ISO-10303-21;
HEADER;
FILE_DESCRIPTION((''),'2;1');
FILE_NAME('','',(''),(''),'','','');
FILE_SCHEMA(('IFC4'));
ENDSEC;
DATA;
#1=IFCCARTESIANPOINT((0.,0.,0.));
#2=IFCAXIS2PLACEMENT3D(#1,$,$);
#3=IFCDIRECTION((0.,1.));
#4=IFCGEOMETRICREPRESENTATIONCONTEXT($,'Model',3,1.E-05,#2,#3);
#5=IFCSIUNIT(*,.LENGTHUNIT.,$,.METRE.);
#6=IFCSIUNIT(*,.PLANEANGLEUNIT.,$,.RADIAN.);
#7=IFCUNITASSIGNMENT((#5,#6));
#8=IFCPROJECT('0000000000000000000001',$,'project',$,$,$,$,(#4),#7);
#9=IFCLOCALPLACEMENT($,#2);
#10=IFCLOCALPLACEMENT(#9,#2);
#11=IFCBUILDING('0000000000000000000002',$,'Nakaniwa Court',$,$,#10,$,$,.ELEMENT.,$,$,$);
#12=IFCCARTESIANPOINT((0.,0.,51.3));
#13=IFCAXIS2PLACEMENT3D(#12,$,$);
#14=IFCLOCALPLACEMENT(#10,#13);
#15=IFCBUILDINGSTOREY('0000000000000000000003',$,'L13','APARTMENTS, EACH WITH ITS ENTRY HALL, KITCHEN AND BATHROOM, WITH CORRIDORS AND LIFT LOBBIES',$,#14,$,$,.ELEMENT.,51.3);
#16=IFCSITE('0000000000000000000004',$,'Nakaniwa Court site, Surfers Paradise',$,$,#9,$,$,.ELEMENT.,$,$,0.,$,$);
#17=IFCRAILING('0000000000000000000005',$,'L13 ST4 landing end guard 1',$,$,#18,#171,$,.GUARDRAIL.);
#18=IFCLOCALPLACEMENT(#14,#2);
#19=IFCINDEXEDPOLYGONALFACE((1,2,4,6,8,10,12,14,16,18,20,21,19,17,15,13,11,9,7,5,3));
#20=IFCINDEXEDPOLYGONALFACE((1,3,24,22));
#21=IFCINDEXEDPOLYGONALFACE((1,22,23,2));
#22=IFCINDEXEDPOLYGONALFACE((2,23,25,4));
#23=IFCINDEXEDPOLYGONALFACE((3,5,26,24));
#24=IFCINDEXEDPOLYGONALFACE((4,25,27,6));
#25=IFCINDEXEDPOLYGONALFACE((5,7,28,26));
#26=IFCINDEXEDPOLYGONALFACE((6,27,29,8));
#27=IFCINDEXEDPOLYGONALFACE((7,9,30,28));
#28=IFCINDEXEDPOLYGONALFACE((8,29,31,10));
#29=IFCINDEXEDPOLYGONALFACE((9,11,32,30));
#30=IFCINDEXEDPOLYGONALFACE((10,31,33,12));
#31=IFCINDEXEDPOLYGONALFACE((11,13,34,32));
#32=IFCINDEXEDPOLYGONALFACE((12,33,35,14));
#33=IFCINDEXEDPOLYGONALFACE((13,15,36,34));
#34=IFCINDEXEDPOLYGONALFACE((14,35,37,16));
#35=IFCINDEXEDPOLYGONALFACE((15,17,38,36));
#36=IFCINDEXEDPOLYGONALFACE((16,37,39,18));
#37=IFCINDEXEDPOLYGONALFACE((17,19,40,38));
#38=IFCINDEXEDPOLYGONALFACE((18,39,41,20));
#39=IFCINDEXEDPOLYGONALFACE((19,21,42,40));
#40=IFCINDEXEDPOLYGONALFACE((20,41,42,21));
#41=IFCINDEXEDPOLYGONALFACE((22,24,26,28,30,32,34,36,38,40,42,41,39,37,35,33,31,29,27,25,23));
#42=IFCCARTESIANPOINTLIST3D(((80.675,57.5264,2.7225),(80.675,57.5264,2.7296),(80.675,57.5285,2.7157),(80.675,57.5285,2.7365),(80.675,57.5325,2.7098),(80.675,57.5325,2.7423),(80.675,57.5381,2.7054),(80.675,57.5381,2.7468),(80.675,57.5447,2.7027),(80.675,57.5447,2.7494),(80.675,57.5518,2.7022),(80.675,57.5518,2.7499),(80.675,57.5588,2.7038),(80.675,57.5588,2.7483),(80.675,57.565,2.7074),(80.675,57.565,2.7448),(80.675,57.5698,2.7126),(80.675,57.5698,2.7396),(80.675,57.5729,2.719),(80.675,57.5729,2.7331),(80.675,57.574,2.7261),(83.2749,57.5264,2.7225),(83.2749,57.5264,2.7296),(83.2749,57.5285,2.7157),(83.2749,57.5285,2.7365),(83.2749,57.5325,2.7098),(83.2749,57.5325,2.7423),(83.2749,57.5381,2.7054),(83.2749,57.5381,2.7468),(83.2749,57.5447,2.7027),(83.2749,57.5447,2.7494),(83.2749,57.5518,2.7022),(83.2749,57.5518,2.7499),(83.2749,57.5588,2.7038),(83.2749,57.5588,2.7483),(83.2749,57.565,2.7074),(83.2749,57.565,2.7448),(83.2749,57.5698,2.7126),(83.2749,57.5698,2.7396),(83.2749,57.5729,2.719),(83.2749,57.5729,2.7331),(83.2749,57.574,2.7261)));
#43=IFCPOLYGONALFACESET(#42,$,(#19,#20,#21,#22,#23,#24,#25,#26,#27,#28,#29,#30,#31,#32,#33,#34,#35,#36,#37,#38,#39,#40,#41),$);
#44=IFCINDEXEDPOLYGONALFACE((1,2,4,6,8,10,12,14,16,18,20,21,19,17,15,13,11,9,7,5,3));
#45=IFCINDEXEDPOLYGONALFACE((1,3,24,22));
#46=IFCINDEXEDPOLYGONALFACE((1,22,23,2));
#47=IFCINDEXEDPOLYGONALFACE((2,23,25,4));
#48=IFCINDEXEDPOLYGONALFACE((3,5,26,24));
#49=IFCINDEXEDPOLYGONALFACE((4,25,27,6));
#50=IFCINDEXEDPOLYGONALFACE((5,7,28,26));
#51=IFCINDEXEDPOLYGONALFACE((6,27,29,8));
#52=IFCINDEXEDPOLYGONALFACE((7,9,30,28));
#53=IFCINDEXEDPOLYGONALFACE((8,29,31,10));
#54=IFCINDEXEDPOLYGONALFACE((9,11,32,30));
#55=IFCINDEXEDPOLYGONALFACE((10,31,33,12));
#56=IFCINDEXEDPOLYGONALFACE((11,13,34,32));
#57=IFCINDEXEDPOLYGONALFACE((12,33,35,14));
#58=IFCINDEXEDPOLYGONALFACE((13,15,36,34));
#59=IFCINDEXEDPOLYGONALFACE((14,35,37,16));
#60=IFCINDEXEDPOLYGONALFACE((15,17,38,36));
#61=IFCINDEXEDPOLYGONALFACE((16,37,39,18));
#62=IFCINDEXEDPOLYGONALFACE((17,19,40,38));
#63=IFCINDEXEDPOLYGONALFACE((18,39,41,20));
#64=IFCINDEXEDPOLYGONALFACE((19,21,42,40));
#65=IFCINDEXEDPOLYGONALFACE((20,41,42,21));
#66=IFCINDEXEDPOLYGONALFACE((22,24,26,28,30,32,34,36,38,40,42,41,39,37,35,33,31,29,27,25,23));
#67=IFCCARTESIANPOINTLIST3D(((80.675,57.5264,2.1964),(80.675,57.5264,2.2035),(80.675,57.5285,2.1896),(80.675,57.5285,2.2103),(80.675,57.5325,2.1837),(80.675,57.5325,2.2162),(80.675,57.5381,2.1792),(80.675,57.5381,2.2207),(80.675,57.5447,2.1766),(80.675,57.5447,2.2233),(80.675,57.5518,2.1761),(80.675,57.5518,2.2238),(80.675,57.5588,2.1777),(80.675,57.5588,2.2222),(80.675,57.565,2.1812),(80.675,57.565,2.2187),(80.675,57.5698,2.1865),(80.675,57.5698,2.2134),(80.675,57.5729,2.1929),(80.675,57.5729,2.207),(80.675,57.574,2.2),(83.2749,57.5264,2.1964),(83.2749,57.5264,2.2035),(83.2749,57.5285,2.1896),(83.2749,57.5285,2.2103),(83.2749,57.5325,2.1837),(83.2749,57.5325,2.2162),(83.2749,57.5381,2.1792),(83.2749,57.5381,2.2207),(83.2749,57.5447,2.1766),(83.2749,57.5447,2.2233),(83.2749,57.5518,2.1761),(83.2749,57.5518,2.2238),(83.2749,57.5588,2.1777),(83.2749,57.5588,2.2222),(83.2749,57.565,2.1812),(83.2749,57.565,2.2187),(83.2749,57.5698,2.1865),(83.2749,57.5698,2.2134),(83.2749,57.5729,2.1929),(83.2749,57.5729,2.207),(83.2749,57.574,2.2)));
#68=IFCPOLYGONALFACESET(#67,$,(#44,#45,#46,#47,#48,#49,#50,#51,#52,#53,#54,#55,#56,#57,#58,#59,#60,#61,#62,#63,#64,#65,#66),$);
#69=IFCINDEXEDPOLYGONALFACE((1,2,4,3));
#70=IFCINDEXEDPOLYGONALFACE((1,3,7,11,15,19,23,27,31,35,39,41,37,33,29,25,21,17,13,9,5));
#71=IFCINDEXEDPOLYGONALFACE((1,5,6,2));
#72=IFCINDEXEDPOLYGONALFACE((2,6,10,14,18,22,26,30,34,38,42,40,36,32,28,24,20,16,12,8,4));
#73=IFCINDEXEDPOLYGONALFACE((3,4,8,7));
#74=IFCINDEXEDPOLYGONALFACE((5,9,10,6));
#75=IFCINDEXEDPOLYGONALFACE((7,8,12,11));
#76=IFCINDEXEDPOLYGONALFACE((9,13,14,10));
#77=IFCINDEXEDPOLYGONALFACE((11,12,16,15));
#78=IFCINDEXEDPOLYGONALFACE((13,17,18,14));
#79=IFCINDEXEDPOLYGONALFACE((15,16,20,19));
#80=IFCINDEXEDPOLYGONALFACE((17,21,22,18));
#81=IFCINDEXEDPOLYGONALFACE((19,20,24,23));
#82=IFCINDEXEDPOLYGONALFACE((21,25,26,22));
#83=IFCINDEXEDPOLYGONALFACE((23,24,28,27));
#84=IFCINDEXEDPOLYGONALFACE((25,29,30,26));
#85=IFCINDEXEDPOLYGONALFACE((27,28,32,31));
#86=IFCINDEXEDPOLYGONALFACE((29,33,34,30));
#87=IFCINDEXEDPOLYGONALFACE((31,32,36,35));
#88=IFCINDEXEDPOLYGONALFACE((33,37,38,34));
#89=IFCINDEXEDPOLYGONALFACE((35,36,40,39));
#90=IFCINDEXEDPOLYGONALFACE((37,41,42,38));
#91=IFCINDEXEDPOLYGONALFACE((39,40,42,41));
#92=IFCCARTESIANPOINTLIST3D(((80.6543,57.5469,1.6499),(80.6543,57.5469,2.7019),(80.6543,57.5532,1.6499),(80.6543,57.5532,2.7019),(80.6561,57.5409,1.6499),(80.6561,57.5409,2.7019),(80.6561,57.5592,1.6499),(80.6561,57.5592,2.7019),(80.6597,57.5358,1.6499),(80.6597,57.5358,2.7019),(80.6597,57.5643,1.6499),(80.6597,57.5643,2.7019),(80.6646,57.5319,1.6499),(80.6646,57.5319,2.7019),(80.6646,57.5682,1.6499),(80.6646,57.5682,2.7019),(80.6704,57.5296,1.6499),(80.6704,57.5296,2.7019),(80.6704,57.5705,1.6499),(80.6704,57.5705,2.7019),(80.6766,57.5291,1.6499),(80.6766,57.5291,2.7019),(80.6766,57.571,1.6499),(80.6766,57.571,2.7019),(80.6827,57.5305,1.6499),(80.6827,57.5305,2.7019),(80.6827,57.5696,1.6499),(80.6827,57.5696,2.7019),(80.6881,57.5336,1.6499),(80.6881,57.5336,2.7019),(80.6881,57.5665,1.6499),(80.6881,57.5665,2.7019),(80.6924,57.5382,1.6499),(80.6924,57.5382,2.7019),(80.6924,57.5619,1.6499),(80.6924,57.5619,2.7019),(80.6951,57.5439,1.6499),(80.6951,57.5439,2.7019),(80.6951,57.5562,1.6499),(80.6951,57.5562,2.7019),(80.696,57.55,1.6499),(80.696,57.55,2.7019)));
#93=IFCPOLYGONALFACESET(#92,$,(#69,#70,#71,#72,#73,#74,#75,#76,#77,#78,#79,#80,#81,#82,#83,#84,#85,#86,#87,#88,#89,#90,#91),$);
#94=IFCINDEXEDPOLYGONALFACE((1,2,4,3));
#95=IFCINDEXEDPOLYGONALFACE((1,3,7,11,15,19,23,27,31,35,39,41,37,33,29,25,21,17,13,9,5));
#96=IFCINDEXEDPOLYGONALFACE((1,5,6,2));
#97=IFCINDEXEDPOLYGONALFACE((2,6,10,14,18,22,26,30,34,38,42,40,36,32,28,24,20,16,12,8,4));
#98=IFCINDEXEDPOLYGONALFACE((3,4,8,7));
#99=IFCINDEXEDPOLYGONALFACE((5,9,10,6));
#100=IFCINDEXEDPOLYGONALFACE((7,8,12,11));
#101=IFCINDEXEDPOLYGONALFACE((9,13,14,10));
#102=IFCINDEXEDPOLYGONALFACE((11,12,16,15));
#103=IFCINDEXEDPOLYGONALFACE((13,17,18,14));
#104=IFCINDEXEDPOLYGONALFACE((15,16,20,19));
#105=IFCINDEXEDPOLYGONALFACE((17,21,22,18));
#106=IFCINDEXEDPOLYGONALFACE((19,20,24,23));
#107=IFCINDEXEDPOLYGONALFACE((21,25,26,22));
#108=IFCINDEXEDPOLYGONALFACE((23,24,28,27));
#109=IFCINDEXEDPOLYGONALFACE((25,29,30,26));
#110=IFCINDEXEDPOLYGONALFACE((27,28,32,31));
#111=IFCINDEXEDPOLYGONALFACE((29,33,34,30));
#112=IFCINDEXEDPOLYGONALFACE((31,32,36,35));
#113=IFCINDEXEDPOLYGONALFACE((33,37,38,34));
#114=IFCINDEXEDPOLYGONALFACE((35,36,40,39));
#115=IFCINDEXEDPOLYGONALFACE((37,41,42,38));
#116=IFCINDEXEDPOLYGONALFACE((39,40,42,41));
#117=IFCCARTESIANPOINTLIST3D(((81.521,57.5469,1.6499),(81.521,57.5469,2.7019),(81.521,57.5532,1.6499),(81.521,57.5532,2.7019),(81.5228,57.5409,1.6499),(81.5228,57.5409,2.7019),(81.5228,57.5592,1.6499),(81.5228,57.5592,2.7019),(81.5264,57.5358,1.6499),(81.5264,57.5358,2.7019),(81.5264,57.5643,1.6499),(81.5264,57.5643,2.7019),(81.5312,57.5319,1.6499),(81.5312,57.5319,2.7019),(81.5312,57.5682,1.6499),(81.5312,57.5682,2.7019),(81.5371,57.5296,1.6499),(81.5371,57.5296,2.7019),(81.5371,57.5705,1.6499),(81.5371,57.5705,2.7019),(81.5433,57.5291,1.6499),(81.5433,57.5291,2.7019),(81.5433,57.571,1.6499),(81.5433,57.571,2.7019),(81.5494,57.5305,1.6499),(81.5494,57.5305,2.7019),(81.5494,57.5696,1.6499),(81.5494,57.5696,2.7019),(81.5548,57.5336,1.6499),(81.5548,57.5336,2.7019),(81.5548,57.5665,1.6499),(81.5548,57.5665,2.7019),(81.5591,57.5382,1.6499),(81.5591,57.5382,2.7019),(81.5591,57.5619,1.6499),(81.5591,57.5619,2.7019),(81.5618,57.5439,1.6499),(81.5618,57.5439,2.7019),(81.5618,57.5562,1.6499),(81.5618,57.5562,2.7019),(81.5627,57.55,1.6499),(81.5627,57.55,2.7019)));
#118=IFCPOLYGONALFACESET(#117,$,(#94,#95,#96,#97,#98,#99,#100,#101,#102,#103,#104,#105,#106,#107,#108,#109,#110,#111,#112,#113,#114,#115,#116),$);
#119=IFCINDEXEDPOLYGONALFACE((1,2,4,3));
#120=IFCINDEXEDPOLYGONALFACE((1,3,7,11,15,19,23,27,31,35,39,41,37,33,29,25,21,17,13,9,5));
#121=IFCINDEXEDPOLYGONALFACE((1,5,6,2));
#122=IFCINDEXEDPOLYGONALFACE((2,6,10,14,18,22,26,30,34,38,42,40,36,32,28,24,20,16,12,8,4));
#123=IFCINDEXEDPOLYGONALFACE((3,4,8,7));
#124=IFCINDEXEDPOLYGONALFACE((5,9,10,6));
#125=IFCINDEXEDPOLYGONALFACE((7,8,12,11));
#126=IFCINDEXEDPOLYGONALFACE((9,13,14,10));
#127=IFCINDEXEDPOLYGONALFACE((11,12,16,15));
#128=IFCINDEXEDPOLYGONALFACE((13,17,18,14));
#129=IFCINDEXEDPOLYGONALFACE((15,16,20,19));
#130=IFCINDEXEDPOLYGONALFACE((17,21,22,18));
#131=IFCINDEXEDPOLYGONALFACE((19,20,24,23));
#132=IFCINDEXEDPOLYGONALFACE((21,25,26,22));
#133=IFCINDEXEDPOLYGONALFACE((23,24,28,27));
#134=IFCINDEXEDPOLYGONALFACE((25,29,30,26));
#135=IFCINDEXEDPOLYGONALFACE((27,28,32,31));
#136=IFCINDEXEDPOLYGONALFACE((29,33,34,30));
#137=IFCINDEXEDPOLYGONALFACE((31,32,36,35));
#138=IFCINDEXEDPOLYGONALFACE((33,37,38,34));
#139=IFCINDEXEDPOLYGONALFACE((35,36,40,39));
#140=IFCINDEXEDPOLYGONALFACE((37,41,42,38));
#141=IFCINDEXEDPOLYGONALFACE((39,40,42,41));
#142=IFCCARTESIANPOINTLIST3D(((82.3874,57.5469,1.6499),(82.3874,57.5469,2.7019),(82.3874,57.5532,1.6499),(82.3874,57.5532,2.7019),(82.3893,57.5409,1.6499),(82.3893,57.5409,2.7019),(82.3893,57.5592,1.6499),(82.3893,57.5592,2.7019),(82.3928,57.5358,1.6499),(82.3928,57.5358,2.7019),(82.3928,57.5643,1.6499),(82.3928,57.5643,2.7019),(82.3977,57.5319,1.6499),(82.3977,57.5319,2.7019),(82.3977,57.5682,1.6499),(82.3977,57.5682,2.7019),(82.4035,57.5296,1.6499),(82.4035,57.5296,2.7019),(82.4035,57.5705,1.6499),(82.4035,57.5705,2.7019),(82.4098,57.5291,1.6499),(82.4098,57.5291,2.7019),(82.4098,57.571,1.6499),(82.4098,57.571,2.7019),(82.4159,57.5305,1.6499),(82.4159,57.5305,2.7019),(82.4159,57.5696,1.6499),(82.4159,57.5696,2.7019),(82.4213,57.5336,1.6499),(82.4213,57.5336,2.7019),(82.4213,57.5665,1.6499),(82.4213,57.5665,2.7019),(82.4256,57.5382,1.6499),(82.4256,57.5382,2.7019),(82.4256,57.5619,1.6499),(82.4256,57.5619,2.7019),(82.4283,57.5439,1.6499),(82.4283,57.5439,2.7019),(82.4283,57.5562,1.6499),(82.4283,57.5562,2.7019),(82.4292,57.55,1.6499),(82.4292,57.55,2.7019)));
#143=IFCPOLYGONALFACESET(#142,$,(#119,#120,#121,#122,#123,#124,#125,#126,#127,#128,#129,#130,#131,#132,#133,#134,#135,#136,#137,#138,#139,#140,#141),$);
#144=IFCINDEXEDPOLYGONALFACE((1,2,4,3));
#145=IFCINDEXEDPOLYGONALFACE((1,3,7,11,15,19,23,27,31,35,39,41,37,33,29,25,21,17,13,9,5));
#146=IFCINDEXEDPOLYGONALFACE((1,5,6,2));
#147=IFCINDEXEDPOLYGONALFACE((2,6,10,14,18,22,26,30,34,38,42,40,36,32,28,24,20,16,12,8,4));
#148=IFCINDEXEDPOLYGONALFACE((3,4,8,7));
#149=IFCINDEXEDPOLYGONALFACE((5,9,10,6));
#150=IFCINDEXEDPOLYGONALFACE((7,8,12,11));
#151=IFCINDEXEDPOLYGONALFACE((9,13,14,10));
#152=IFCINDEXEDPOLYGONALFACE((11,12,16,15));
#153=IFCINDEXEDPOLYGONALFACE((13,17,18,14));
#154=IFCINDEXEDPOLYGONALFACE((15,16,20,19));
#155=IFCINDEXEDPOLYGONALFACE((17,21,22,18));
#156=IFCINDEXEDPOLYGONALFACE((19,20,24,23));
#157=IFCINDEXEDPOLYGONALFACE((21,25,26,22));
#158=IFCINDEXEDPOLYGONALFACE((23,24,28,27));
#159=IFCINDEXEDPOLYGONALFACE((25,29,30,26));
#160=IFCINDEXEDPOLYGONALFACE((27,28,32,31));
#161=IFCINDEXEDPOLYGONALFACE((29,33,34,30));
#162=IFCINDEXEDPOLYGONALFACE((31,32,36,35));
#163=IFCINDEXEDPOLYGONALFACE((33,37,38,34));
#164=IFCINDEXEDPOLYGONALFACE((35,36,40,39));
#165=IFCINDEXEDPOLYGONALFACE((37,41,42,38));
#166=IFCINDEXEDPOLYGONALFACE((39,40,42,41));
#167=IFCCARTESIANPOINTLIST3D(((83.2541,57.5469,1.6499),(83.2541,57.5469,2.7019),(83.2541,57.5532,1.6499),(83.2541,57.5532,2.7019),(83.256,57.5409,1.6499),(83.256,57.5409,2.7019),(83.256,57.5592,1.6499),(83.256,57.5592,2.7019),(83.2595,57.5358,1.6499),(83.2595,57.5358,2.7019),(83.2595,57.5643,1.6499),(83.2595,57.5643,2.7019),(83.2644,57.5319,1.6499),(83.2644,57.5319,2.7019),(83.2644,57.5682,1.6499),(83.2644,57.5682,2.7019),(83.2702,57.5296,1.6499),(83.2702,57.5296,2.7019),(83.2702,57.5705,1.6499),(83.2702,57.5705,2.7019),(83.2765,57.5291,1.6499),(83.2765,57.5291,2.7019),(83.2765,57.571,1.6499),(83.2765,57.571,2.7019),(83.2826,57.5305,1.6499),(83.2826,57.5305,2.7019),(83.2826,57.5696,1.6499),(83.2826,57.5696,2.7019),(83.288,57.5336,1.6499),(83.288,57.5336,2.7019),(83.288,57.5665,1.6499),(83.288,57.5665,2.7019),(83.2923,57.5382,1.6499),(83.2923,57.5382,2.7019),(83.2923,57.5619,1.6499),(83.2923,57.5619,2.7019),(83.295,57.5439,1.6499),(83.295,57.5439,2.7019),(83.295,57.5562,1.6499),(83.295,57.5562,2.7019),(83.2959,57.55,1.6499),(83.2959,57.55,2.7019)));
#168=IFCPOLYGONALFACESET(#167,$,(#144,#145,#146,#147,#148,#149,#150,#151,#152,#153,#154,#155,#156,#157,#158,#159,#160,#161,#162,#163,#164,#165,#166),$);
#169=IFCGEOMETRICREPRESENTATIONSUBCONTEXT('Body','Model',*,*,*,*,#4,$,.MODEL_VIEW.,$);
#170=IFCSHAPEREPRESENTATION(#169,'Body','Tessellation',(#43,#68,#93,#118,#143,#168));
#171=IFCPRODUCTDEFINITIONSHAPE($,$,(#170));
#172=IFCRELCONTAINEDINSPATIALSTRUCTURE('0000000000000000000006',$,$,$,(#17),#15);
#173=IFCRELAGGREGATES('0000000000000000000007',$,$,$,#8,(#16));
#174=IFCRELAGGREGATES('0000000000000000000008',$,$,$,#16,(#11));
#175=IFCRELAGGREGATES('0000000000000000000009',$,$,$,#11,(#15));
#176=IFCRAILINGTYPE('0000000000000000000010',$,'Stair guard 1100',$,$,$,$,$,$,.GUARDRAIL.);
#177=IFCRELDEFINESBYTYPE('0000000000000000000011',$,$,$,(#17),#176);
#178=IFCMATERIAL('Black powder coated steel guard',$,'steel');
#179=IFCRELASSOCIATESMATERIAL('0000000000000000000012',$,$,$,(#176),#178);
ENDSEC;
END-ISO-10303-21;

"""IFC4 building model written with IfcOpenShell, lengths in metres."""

from ifc_helpers import new_model, si_unit, direction, frame, origin, origin_2d, place, context, subcontext, project, spatial, circle, extrude, material, type_object, element, save


model = new_model("IFC4")

# Units and contexts
model_context = context("Model", 3, precision=1e-05, world=origin(), true_north=direction((0.0, 1.0)))
body_context = subcontext(model_context, "Body", "Model", "MODEL_VIEW")
ifc_project = project(units=[si_unit("LENGTHUNIT", "METRE"), si_unit("PLANEANGLEUNIT", "RADIAN")], contexts=[model_context])

# Site, building, storey
site_placement = place(None, origin())
site = spatial("IfcSite", under=ifc_project, at=site_placement, Name="Nakaniwa Court site, Surfers Paradise", CompositionType="ELEMENT", RefElevation=0.0)
building_placement = place(site_placement, origin())
building = spatial("IfcBuilding", under=site, at=building_placement, Name="Nakaniwa Court", CompositionType="ELEMENT")
storey_placement = place(building_placement, frame((0.0, 0.0, 51.3)))
storey = spatial("IfcBuildingStorey", under=building, at=storey_placement, Name="L13", Description="APARTMENTS, EACH WITH ITS ENTRY HALL, KITCHEN AND BATHROOM, WITH CORRIDORS AND LIFT LOBBIES", CompositionType="ELEMENT", Elevation=51.3)

# Railing
ifc_material_1 = material(Name="Black powder coated steel guard", Category="steel")
railing_type_1 = type_object("IfcRailingType", Name="Stair guard 1100", PredefinedType="GUARDRAIL", material=ifc_material_1)
railing_1_placement = place(storey_placement, frame((80.675, 57.55, 1.6499)))
element("IfcRailing", 1, at=railing_1_placement, inside=storey, type_object=railing_type_1, Name="L13 ST4 landing end guard 1", PredefinedType="GUARDRAIL", context=body_context, shape_type="SweptSolid", body=[
    extrude(circle(Radius=0.0239, at=origin_2d()), frame((0.0, 0.0, 1.0762), z_axis=(1.0, 0.0, 0.0), x_axis=(0.0, 1.0, 0.0)), (0.0, 0.0, 1.0), 2.5999),
    extrude(circle(Radius=0.0239, at=origin_2d()), frame((0.0, 0.0, 0.55), z_axis=(1.0, 0.0, 0.0), x_axis=(0.0, 1.0, 0.0)), (0.0, 0.0, 1.0), 2.5999),
    extrude(circle(Radius=0.021, at=origin_2d()), origin(), (0.0, 0.0, 1.0), 1.052),
    extrude(circle(Radius=0.021, at=origin_2d()), frame((0.8667, 0.0, 0.0)), (0.0, 0.0, 1.0), 1.052),
    extrude(circle(Radius=0.021, at=origin_2d()), frame((1.7332, 0.0, 0.0)), (0.0, 0.0, 1.0), 1.052),
    extrude(circle(Radius=0.021, at=origin_2d()), frame((2.5999, 0.0, 0.0)), (0.0, 0.0, 1.0), 1.052),
])

save(model, "model.ifc")
